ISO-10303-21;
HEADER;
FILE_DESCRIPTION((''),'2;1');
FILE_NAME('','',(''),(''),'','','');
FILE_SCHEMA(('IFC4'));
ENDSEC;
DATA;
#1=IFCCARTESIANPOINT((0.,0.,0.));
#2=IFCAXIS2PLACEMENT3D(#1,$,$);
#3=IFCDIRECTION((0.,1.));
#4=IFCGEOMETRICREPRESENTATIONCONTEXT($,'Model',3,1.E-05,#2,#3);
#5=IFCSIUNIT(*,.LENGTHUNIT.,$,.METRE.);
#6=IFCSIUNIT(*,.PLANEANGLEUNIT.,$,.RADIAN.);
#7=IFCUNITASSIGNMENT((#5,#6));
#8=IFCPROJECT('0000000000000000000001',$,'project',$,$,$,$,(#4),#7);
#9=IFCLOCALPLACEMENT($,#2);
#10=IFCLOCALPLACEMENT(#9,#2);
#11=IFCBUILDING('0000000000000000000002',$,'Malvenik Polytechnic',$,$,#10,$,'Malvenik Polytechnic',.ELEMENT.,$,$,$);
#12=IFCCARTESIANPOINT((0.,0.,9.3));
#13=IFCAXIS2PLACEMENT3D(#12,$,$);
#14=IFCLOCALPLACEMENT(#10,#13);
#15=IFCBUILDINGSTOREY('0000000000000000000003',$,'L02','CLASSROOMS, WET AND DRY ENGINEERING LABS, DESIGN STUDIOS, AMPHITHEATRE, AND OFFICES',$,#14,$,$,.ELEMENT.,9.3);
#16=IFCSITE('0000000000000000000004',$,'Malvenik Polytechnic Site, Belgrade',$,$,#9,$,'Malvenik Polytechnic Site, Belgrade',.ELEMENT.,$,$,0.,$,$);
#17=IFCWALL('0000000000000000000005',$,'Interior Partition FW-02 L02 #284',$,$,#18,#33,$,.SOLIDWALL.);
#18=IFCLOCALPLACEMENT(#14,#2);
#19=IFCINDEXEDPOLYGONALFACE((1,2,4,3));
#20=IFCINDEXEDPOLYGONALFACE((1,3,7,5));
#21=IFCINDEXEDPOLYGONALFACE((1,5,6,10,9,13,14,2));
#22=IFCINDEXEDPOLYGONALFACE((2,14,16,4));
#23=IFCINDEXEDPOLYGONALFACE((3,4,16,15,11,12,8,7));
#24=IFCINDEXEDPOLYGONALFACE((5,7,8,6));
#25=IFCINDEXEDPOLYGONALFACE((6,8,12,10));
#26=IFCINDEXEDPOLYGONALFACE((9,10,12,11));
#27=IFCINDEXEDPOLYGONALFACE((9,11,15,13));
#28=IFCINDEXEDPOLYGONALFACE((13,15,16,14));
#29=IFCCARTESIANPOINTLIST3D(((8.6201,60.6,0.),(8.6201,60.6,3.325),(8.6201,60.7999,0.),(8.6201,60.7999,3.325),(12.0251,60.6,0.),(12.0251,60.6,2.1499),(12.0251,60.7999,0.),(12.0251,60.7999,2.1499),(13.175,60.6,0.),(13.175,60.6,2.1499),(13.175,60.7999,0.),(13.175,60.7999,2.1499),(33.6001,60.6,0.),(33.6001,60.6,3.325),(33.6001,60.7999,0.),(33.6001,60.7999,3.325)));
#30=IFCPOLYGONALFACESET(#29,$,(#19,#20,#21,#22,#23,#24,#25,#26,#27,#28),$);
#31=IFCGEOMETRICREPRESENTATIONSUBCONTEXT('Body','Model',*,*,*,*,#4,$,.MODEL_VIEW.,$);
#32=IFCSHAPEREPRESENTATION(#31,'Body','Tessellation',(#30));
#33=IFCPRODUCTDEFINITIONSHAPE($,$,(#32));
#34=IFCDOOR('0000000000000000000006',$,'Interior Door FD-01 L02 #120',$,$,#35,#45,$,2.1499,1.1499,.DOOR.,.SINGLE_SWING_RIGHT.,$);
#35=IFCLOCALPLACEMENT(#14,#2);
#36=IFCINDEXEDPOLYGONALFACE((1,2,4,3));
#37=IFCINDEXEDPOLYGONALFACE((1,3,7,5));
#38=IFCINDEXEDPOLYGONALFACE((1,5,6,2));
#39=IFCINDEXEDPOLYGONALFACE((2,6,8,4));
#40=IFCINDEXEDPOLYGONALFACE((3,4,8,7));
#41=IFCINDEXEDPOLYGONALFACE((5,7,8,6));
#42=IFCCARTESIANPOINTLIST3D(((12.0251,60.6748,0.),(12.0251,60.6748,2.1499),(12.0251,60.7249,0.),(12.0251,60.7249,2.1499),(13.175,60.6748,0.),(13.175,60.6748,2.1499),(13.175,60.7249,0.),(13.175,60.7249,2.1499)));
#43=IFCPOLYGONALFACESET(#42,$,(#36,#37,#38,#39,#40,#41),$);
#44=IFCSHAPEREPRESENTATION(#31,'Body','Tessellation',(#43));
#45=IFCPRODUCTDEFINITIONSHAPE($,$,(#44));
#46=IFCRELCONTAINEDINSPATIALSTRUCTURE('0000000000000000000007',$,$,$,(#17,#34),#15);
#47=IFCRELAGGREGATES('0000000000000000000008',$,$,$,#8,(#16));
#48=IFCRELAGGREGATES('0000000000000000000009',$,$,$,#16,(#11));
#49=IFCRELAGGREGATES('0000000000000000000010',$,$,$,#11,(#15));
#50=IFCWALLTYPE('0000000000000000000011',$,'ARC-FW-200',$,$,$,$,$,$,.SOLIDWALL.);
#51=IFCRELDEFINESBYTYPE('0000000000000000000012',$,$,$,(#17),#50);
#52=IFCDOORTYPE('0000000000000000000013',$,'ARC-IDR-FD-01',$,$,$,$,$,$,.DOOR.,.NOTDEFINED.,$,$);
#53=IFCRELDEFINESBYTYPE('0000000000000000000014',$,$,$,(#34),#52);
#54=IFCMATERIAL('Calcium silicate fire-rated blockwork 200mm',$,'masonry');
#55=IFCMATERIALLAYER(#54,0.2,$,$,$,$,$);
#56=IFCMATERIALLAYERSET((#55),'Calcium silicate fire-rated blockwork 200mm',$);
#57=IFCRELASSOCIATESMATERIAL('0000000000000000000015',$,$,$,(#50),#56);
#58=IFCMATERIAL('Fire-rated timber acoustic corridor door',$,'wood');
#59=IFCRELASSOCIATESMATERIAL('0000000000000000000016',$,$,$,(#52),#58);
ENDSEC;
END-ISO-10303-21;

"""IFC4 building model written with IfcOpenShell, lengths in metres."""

from ifc_helpers import new_model, si_unit, direction, frame, frame_2d, origin, place, context, subcontext, project, spatial, rectangle, extrude, material, layer, layer_set, type_object, element, fill, save


model = new_model("IFC4")

# Units and contexts
model_context = context("Model", 3, precision=1e-05, world=origin(), true_north=direction((0.0, 1.0)))
body_context = subcontext(model_context, "Body", "Model", "MODEL_VIEW")
ifc_project = project(units=[si_unit("LENGTHUNIT", "METRE"), si_unit("PLANEANGLEUNIT", "RADIAN")], contexts=[model_context])

# Site, building, storey
site_placement = place(None, origin())
site = spatial("IfcSite", under=ifc_project, at=site_placement, Name="Malvenik Polytechnic Site, Belgrade", LongName="Malvenik Polytechnic Site, Belgrade", CompositionType="ELEMENT", RefElevation=0.0)
building_placement = place(site_placement, origin())
building = spatial("IfcBuilding", under=site, at=building_placement, Name="Malvenik Polytechnic", LongName="Malvenik Polytechnic", CompositionType="ELEMENT")
storey_placement = place(building_placement, frame((0.0, 0.0, 9.3)))
storey = spatial("IfcBuildingStorey", under=building, at=storey_placement, Name="L02", Description="CLASSROOMS, WET AND DRY ENGINEERING LABS, DESIGN STUDIOS, AMPHITHEATRE, AND OFFICES", CompositionType="ELEMENT", Elevation=9.3)

# Wall, opening, door
ifc_material_1 = material(Name="Calcium silicate fire-rated blockwork 200mm", Category="masonry")
ifc_layer_1 = layer(ifc_material_1, 0.2)
ifc_layer_set_1 = layer_set([ifc_layer_1], Name="Calcium silicate fire-rated blockwork 200mm")
wall_type_1 = type_object("IfcWallType", Name="ARC-FW-200", PredefinedType="SOLIDWALL", material=ifc_layer_set_1)
wall_1_placement = place(storey_placement, frame((8.6201, 60.7, 0.0), z_axis=(0.0, 0.0, 1.0), x_axis=(1.0, 0.0, 0.0)))
wall_1 = element("IfcWall", 1, at=wall_1_placement, inside=storey, type_object=wall_type_1, Name="Interior Partition FW-02 L02 #284", PredefinedType="SOLIDWALL", context=body_context, shape_type="SweptSolid", body=[
    extrude(rectangle(XDim=24.98, YDim=0.2, at=frame_2d((12.49, 0.0))), origin(), (0.0, 0.0, 1.0), 3.325),
])
opening_1_placement = place(wall_1_placement, frame((3.405, 0.0, 0.0)))
opening_1 = element("IfcOpeningElement", 2, at=opening_1_placement, cuts=wall_1, PredefinedType="OPENING", context=body_context, shape_type="SweptSolid", body=[
    extrude(rectangle(XDim=1.1499, YDim=2.1499, at=frame_2d((0.575, 1.075))), frame((0.0, 0.1099, 0.0), z_axis=(0.0, -1.0, 0.0), x_axis=(1.0, 0.0, 0.0)), (0.0, 0.0, 1.0), 0.22),
])
ifc_material_2 = material(Name="Fire-rated timber acoustic corridor door", Category="wood")
door_type = type_object("IfcDoorType", Name="ARC-IDR-FD-01", OperationType="NOTDEFINED", PredefinedType="DOOR", material=ifc_material_2)
door_placement = place(opening_1_placement, origin())
door = element("IfcDoor", 3, at=door_placement, inside=storey, type_object=door_type, Name="Interior Door FD-01 L02 #120", OperationType="SINGLE_SWING_RIGHT", OverallHeight=2.1499, OverallWidth=1.1499, PredefinedType="DOOR", context=body_context, shape_type="SweptSolid", body=[
    extrude(rectangle(XDim=1.1499, YDim=2.1499, at=frame_2d((0.575, 1.075))), frame((0.0, 0.0249, 0.0), z_axis=(0.0, -1.0, 0.0), x_axis=(1.0, 0.0, 0.0)), (0.0, 0.0, 1.0), 0.05),
])
fill(opening_1, door)

save(model, "model.ifc")
